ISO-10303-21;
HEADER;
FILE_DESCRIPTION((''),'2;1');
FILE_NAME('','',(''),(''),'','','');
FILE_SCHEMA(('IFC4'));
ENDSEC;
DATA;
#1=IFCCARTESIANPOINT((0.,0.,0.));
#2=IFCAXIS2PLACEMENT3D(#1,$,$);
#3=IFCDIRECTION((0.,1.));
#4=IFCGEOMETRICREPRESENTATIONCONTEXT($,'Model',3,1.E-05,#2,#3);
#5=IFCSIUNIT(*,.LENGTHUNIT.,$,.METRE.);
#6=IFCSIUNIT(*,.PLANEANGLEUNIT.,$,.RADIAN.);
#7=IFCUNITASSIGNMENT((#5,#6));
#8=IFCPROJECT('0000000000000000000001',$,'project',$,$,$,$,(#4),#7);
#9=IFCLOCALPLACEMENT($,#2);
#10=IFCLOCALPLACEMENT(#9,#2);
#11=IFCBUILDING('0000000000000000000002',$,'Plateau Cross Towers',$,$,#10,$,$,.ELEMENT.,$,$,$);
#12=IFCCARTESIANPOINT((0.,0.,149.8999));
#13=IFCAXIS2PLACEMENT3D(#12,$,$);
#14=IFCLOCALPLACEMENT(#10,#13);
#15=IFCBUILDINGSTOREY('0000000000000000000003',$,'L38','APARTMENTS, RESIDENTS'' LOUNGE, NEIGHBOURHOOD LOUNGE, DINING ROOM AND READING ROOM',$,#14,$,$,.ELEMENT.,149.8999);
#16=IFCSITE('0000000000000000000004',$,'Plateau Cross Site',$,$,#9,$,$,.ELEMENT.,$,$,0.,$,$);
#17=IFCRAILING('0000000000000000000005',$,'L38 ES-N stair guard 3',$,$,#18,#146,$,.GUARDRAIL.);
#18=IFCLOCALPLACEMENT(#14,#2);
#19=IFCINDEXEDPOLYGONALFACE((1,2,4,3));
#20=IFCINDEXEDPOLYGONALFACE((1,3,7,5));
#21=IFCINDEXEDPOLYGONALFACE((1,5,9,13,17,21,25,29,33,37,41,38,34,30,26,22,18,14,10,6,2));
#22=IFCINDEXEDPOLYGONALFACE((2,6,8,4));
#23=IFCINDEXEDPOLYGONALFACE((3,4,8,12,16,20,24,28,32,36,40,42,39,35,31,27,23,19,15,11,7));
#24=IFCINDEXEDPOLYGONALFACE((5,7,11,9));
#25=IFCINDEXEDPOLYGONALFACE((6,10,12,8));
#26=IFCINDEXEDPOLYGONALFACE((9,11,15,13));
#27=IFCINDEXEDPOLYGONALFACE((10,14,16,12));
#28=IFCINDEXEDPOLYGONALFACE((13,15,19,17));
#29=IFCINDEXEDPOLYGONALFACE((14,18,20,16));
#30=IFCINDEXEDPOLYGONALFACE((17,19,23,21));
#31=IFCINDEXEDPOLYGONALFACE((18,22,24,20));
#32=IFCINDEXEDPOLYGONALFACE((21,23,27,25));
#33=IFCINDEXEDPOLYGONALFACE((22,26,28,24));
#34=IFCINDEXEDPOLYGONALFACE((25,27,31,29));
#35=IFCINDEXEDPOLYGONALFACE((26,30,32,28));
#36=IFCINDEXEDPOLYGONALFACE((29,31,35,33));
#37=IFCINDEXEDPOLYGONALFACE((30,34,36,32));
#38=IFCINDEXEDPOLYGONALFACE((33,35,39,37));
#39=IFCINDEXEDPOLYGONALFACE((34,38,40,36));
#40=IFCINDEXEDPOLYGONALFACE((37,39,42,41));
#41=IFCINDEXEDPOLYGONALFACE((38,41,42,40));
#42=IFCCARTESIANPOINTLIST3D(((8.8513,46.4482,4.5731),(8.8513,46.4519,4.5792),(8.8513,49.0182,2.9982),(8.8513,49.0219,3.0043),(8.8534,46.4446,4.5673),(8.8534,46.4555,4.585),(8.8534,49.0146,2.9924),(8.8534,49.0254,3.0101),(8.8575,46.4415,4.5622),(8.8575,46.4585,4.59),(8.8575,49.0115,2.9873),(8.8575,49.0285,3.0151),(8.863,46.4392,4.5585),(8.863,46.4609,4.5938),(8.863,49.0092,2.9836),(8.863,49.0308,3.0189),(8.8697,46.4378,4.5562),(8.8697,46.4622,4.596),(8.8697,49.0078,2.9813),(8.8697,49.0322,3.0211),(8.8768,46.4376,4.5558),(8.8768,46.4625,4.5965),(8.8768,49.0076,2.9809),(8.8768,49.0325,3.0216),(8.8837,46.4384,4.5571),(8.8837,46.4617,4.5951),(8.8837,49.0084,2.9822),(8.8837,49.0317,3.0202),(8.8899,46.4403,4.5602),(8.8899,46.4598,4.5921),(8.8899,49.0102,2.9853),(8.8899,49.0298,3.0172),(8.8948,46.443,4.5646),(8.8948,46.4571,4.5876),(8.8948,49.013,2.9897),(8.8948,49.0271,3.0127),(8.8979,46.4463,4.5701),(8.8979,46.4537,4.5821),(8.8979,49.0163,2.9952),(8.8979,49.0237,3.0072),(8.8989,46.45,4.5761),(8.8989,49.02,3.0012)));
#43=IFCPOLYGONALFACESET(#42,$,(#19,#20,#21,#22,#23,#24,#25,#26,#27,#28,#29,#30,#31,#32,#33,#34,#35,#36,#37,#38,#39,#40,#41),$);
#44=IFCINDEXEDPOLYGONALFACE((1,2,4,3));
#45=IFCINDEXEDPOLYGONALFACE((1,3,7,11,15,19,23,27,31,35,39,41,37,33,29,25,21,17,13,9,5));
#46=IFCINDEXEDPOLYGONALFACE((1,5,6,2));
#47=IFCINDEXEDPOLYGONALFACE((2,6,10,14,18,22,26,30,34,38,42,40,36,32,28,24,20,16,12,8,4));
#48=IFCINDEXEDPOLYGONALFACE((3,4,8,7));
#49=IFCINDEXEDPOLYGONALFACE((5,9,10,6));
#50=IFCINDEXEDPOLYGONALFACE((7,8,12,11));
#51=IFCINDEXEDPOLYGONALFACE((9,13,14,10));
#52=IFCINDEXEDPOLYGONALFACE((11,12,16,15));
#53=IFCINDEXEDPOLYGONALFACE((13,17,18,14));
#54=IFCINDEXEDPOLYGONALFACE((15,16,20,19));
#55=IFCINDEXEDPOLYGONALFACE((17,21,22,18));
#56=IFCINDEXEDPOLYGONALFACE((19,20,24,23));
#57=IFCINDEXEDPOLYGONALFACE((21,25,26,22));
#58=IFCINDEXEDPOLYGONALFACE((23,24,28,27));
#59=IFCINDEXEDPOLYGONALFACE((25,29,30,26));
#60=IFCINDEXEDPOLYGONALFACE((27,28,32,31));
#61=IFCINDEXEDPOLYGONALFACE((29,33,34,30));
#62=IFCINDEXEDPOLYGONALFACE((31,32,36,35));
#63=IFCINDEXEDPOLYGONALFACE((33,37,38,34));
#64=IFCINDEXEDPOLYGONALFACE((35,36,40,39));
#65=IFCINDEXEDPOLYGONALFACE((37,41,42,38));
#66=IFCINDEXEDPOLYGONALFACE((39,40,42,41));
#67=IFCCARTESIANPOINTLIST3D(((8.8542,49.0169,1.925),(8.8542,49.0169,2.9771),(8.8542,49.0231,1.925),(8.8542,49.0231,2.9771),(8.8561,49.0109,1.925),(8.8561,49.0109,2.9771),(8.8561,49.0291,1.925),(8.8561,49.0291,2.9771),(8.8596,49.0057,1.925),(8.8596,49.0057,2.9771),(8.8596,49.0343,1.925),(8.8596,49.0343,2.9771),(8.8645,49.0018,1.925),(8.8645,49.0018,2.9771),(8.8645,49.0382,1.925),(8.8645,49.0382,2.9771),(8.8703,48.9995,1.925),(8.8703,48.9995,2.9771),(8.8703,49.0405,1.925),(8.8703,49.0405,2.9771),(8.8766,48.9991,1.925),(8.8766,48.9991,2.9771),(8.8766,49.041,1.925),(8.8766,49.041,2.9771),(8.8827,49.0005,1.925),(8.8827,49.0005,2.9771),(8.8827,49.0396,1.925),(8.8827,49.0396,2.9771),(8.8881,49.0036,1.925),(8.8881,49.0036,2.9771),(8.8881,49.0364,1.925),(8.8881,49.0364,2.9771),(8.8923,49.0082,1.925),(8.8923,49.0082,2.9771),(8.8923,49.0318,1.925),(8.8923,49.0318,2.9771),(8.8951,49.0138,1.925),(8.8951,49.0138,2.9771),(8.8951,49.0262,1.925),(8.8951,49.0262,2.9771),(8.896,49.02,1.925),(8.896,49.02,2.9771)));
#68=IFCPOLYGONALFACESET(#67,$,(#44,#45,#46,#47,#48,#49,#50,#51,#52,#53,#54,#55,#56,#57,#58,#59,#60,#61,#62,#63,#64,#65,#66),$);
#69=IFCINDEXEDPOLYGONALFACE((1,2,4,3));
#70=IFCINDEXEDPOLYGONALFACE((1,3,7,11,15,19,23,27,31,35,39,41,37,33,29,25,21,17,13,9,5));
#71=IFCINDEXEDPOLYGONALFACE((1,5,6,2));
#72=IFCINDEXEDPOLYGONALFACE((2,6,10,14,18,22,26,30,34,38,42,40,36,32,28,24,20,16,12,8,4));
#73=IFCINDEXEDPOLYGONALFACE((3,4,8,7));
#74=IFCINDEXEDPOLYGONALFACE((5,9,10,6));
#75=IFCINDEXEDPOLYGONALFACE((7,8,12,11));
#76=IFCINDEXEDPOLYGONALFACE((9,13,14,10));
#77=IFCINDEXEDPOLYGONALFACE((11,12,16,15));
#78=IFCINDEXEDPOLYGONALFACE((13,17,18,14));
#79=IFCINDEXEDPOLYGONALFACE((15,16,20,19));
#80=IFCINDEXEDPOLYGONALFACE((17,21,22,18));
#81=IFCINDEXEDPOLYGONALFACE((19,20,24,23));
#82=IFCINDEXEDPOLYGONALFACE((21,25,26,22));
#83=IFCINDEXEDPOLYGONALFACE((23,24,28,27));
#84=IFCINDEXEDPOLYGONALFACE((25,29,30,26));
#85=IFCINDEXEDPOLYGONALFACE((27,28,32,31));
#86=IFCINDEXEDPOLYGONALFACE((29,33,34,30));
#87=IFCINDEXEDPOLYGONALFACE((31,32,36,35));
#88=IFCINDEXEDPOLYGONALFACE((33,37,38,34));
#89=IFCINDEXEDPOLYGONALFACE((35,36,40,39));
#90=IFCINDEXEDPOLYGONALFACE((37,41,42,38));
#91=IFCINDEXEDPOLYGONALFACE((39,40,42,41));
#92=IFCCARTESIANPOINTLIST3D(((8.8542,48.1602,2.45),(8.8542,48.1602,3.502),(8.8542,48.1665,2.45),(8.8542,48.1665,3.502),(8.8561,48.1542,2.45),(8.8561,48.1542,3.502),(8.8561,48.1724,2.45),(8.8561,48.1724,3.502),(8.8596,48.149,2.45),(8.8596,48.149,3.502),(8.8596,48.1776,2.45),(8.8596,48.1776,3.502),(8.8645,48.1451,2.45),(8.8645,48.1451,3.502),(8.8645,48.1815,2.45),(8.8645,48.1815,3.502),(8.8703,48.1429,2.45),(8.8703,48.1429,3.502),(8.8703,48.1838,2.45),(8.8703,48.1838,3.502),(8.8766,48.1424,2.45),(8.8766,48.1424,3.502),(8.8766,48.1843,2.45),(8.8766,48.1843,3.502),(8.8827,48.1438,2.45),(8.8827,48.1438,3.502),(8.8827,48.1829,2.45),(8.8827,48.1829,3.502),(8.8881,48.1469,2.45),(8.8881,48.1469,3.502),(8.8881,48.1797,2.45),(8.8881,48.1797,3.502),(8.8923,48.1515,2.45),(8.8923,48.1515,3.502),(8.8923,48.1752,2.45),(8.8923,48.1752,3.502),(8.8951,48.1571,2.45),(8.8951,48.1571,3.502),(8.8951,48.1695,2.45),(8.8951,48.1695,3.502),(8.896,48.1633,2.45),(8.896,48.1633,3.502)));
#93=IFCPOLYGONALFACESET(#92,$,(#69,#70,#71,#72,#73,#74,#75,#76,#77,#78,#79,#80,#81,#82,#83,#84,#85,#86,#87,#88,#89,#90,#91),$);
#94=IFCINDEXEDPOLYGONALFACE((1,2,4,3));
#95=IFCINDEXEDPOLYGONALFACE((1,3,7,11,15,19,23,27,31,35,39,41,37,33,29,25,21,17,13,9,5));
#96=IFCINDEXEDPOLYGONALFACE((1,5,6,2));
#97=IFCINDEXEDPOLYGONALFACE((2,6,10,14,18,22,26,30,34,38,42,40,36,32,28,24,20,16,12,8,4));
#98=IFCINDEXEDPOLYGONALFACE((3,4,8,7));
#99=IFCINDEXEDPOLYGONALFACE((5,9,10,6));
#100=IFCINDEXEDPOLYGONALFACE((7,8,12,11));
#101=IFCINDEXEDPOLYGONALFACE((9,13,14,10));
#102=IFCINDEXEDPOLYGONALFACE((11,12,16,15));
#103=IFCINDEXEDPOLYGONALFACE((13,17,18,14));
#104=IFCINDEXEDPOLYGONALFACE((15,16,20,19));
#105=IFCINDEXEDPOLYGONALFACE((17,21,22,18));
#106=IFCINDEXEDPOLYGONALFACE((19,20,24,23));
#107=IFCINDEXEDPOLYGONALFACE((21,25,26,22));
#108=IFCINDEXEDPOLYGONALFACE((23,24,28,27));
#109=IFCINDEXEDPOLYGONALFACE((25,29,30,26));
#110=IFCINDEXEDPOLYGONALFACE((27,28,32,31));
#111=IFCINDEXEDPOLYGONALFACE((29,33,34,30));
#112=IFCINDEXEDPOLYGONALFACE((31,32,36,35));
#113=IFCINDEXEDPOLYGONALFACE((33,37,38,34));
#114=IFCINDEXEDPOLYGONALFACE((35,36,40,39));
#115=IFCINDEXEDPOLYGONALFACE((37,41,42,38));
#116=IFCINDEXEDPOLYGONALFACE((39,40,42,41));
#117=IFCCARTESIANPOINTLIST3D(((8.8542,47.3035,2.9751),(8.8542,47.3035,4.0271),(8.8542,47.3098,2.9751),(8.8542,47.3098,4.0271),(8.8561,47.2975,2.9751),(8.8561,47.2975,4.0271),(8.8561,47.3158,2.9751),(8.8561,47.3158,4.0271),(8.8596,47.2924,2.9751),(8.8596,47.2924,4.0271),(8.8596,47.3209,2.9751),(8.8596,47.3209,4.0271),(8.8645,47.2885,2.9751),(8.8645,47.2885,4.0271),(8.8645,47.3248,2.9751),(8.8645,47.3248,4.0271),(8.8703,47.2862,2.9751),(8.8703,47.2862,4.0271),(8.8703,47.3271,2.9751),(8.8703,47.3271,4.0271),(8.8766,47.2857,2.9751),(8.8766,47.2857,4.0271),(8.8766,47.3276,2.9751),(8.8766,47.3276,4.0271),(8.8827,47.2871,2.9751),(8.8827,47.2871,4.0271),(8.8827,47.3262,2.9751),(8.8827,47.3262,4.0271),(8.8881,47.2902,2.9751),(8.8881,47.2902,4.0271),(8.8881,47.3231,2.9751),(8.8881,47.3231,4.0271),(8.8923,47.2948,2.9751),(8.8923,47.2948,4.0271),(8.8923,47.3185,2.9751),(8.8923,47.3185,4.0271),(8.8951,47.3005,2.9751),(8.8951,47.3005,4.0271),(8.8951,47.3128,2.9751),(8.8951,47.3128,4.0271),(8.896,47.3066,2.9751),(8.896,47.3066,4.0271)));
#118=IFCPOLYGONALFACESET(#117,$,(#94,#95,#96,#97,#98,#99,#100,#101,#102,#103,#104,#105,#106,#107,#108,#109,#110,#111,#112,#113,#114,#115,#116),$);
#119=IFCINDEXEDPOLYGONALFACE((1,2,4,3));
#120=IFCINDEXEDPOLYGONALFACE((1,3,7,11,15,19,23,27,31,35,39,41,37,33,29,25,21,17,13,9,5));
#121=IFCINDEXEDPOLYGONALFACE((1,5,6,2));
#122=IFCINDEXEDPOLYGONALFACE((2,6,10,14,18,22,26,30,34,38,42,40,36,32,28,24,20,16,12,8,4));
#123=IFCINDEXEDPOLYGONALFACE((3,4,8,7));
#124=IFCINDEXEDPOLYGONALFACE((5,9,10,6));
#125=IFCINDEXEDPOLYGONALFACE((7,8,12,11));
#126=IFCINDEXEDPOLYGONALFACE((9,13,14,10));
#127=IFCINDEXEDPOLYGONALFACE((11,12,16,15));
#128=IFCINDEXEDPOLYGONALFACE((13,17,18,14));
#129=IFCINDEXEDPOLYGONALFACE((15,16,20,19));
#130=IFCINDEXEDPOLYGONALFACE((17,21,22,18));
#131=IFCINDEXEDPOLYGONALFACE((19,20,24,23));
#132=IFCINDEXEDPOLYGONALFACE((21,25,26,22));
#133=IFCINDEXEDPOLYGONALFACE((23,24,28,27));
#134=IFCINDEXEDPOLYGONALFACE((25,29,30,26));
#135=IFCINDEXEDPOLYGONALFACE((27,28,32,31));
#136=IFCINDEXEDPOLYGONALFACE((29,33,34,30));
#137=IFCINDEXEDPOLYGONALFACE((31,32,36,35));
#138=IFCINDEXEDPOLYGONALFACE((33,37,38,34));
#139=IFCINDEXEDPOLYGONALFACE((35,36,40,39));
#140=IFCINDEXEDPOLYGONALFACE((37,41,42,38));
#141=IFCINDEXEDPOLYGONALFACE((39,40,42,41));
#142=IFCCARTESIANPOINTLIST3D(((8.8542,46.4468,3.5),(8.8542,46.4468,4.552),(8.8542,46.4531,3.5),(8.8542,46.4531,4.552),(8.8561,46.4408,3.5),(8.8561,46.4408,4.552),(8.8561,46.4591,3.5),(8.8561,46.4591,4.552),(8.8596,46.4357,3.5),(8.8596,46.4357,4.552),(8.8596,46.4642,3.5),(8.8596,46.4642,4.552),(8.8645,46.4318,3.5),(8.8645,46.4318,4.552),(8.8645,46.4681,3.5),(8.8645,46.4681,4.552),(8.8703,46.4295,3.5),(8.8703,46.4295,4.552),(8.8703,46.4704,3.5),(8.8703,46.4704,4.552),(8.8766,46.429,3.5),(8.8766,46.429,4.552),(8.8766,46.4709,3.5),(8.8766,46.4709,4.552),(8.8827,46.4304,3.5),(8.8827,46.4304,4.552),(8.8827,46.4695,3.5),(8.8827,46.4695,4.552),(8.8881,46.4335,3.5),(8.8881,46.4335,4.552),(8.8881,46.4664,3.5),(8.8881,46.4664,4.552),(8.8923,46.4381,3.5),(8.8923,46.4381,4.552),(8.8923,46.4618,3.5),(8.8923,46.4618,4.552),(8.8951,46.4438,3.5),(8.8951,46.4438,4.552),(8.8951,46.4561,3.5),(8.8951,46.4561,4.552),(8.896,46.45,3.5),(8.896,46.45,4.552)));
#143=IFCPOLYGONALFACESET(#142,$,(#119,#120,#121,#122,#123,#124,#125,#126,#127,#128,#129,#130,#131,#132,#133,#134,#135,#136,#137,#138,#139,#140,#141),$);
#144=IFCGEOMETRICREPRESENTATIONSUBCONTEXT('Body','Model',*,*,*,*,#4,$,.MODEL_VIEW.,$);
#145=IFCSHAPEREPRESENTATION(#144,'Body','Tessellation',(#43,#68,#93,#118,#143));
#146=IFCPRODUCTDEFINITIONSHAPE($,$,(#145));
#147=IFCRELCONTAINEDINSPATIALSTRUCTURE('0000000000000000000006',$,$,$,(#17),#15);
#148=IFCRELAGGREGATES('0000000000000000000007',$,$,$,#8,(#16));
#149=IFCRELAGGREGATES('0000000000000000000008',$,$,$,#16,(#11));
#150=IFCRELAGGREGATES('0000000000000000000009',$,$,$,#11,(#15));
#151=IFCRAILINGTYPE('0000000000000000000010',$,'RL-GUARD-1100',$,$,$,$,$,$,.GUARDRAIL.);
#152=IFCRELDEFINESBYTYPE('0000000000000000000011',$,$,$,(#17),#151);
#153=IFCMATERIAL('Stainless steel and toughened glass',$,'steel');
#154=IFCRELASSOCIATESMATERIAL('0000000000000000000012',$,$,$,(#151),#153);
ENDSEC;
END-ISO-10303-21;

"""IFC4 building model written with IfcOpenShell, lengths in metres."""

from ifc_helpers import new_model, si_unit, direction, frame, origin, origin_2d, place, context, subcontext, project, spatial, circle, extrude, material, type_object, element, save


model = new_model("IFC4")

# Units and contexts
model_context = context("Model", 3, precision=1e-05, world=origin(), true_north=direction((0.0, 1.0)))
body_context = subcontext(model_context, "Body", "Model", "MODEL_VIEW")
ifc_project = project(units=[si_unit("LENGTHUNIT", "METRE"), si_unit("PLANEANGLEUNIT", "RADIAN")], contexts=[model_context])

# Site, building, storey
site_placement = place(None, origin())
site = spatial("IfcSite", under=ifc_project, at=site_placement, Name="Plateau Cross Site", CompositionType="ELEMENT", RefElevation=0.0)
building_placement = place(site_placement, origin())
building = spatial("IfcBuilding", under=site, at=building_placement, Name="Plateau Cross Towers", CompositionType="ELEMENT")
storey_placement = place(building_placement, frame((0.0, 0.0, 149.8999)))
storey = spatial("IfcBuildingStorey", under=building, at=storey_placement, Name="L38", Description="APARTMENTS, RESIDENTS' LOUNGE, NEIGHBOURHOOD LOUNGE, DINING ROOM AND READING ROOM", CompositionType="ELEMENT", Elevation=149.8999)

# Railing
ifc_material_1 = material(Name="Stainless steel and toughened glass", Category="steel")
railing_type_1 = type_object("IfcRailingType", Name="RL-GUARD-1100", PredefinedType="GUARDRAIL", material=ifc_material_1)
railing_1_placement = place(storey_placement, frame((8.875, 49.02, 1.925)))
element("IfcRailing", 1, at=railing_1_placement, inside=storey, type_object=railing_type_1, Name="L38 ES-N stair guard 3", PredefinedType="GUARDRAIL", context=body_context, shape_type="SweptSolid", body=[
    extrude(circle(Radius=0.0239, at=origin_2d()), frame((0.0, 0.0, 1.0762), z_axis=(0.0, -0.852639, 0.522501), x_axis=(1.0, 0.0, 0.0)), (0.0, 0.0, 1.0), 3.0142),
    extrude(circle(Radius=0.021, at=origin_2d()), origin(), (0.0, 0.0, 1.0), 1.052),
    extrude(circle(Radius=0.021, at=origin_2d()), frame((0.0, -0.8567, 0.5249)), (0.0, 0.0, 1.0), 1.052),
    extrude(circle(Radius=0.021, at=origin_2d()), frame((0.0, -1.7134, 1.05)), (0.0, 0.0, 1.0), 1.052),
    extrude(circle(Radius=0.021, at=origin_2d()), frame((0.0, -2.5701, 1.575)), (0.0, 0.0, 1.0), 1.052),
])

save(model, "model.ifc")
